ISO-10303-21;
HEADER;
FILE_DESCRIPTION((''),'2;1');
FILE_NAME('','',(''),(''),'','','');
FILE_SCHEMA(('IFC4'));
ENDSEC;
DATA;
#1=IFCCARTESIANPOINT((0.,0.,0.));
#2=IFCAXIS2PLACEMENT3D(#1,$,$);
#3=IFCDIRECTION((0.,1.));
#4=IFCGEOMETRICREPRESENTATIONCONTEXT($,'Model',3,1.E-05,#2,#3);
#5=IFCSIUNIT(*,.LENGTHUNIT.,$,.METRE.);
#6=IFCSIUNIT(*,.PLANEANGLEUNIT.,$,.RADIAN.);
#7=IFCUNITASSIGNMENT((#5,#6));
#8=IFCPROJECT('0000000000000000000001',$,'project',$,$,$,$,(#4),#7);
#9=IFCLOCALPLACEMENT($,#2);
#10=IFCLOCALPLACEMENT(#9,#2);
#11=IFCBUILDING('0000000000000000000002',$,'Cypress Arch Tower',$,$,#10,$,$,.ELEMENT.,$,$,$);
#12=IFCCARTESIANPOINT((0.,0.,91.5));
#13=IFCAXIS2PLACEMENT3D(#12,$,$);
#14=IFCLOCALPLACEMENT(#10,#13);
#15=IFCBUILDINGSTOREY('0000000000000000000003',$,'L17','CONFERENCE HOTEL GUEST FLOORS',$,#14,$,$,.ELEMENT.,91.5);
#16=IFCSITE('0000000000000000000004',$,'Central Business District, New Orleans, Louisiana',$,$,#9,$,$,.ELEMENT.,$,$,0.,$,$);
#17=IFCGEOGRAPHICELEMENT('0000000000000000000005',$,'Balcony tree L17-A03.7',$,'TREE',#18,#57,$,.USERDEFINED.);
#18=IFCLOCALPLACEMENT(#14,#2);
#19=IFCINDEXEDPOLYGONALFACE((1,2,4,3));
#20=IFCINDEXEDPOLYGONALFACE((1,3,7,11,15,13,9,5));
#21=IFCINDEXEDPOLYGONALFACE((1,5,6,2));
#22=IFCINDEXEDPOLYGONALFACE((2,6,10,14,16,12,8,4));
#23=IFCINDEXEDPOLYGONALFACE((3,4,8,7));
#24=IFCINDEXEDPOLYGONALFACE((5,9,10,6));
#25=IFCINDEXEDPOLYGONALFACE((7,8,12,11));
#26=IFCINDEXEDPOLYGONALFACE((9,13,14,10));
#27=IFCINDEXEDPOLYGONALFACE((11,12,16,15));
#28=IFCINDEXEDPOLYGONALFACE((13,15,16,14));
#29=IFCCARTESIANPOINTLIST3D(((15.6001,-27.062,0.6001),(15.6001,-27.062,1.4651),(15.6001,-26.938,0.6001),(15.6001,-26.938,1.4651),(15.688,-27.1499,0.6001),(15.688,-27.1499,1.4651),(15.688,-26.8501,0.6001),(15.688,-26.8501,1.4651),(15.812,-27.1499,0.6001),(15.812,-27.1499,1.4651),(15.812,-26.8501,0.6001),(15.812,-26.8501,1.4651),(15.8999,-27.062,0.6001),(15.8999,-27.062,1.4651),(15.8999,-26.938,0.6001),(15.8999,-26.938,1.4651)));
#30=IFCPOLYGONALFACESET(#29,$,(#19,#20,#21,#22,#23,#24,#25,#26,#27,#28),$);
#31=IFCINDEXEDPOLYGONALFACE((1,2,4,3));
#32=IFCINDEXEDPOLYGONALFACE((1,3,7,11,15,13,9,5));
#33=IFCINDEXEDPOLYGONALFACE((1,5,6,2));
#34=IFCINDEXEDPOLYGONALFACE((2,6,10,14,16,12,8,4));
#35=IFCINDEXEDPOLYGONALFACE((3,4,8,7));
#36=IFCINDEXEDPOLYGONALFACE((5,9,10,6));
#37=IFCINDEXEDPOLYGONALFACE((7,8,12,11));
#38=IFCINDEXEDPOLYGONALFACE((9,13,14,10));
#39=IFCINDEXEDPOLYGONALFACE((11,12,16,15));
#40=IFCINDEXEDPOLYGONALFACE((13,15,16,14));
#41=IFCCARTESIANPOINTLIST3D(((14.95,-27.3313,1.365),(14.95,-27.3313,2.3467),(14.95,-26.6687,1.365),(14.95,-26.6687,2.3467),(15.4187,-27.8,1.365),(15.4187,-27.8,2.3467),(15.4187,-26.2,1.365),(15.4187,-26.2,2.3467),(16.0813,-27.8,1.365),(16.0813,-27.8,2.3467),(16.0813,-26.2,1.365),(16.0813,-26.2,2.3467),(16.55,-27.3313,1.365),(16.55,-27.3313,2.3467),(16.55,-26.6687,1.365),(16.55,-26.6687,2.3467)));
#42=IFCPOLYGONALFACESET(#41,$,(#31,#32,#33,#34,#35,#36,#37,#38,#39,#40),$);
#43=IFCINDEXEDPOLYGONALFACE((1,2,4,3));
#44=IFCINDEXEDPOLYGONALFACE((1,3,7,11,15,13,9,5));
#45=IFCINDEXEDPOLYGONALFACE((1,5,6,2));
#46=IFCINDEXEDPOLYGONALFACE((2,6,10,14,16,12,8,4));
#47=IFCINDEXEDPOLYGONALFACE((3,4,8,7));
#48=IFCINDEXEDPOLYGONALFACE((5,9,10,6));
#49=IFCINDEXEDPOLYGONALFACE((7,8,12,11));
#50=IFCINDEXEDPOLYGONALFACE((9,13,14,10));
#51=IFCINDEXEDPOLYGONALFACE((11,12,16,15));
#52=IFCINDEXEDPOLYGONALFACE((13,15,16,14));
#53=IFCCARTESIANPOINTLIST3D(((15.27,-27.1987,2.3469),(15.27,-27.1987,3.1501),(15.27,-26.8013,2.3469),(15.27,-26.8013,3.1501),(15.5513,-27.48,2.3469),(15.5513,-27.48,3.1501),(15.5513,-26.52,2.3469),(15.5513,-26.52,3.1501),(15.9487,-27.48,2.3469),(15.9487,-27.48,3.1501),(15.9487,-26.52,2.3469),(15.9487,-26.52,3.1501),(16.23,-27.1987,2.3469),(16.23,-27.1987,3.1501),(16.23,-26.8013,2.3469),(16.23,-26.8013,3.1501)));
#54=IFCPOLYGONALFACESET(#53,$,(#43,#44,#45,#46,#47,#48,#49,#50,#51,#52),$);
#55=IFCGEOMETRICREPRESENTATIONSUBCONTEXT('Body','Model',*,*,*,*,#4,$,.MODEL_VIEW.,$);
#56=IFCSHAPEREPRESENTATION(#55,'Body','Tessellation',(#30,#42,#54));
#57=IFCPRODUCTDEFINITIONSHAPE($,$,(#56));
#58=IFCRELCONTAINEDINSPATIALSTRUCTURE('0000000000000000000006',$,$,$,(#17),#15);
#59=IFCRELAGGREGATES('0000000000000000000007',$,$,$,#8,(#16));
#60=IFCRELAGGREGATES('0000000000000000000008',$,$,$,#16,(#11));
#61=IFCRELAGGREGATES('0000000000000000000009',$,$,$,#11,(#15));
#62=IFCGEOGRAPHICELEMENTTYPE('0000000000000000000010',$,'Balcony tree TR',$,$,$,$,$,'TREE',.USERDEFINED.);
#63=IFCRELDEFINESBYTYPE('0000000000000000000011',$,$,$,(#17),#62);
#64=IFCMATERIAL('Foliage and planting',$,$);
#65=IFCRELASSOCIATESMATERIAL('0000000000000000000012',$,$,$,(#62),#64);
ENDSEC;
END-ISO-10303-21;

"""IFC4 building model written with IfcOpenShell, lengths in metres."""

from ifc_helpers import new_model, si_unit, direction, frame, origin, place, context, subcontext, project, spatial, polyline, outline, extrude, material, type_object, element, save


model = new_model("IFC4")

# Units and contexts
model_context = context("Model", 3, precision=1e-05, world=origin(), true_north=direction((0.0, 1.0)))
body_context = subcontext(model_context, "Body", "Model", "MODEL_VIEW")
ifc_project = project(units=[si_unit("LENGTHUNIT", "METRE"), si_unit("PLANEANGLEUNIT", "RADIAN")], contexts=[model_context])

# Site, building, storey
site_placement = place(None, origin())
site = spatial("IfcSite", under=ifc_project, at=site_placement, Name="Central Business District, New Orleans, Louisiana", CompositionType="ELEMENT", RefElevation=0.0)
building_placement = place(site_placement, origin())
building = spatial("IfcBuilding", under=site, at=building_placement, Name="Cypress Arch Tower", CompositionType="ELEMENT")
storey_placement = place(building_placement, frame((0.0, 0.0, 91.5)))
storey = spatial("IfcBuildingStorey", under=building, at=storey_placement, Name="L17", Description="CONFERENCE HOTEL GUEST FLOORS", CompositionType="ELEMENT", Elevation=91.5)

# Geographic element
ifc_material_1 = material(Name="Foliage and planting")
geographic_element_type = type_object("IfcGeographicElementType", Name="Balcony tree TR", ElementType="TREE", PredefinedType="USERDEFINED", material=ifc_material_1)
geographic_element_placement = place(storey_placement, frame((15.75, -27.0, 0.6001), z_axis=(0.0, 0.0, 1.0), x_axis=(1.0, 0.0, 0.0)))
element("IfcGeographicElement", 1, at=geographic_element_placement, inside=storey, type_object=geographic_element_type, Name="Balcony tree L17-A03.7", ObjectType="TREE", PredefinedType="USERDEFINED", context=body_context, shape_type="SweptSolid", body=[
    extrude(outline(polyline([(0.1499, 0.062), (0.062, 0.1499), (-0.062, 0.1499), (-0.1499, 0.062), (-0.1499, -0.062), (-0.062, -0.1499), (0.062, -0.1499), (0.1499, -0.062), (0.1499, 0.062)])), origin(), (0.0, 0.0, 1.0), 0.865),
    extrude(outline(polyline([(0.8, 0.3313), (0.3313, 0.8), (-0.3313, 0.8), (-0.8, 0.3313), (-0.8, -0.3313), (-0.3313, -0.8), (0.3313, -0.8), (0.8, -0.3313), (0.8, 0.3313)])), frame((0.0, 0.0, 0.7649)), (0.0, 0.0, 1.0), 0.9817),
    extrude(outline(polyline([(0.48, 0.1987), (0.1987, 0.48), (-0.1987, 0.48), (-0.48, 0.1987), (-0.48, -0.1987), (-0.1987, -0.48), (0.1987, -0.48), (0.48, -0.1987), (0.48, 0.1987)])), frame((0.0, 0.0, 1.7468)), (0.0, 0.0, 1.0), 0.8032),
])

save(model, "model.ifc")
